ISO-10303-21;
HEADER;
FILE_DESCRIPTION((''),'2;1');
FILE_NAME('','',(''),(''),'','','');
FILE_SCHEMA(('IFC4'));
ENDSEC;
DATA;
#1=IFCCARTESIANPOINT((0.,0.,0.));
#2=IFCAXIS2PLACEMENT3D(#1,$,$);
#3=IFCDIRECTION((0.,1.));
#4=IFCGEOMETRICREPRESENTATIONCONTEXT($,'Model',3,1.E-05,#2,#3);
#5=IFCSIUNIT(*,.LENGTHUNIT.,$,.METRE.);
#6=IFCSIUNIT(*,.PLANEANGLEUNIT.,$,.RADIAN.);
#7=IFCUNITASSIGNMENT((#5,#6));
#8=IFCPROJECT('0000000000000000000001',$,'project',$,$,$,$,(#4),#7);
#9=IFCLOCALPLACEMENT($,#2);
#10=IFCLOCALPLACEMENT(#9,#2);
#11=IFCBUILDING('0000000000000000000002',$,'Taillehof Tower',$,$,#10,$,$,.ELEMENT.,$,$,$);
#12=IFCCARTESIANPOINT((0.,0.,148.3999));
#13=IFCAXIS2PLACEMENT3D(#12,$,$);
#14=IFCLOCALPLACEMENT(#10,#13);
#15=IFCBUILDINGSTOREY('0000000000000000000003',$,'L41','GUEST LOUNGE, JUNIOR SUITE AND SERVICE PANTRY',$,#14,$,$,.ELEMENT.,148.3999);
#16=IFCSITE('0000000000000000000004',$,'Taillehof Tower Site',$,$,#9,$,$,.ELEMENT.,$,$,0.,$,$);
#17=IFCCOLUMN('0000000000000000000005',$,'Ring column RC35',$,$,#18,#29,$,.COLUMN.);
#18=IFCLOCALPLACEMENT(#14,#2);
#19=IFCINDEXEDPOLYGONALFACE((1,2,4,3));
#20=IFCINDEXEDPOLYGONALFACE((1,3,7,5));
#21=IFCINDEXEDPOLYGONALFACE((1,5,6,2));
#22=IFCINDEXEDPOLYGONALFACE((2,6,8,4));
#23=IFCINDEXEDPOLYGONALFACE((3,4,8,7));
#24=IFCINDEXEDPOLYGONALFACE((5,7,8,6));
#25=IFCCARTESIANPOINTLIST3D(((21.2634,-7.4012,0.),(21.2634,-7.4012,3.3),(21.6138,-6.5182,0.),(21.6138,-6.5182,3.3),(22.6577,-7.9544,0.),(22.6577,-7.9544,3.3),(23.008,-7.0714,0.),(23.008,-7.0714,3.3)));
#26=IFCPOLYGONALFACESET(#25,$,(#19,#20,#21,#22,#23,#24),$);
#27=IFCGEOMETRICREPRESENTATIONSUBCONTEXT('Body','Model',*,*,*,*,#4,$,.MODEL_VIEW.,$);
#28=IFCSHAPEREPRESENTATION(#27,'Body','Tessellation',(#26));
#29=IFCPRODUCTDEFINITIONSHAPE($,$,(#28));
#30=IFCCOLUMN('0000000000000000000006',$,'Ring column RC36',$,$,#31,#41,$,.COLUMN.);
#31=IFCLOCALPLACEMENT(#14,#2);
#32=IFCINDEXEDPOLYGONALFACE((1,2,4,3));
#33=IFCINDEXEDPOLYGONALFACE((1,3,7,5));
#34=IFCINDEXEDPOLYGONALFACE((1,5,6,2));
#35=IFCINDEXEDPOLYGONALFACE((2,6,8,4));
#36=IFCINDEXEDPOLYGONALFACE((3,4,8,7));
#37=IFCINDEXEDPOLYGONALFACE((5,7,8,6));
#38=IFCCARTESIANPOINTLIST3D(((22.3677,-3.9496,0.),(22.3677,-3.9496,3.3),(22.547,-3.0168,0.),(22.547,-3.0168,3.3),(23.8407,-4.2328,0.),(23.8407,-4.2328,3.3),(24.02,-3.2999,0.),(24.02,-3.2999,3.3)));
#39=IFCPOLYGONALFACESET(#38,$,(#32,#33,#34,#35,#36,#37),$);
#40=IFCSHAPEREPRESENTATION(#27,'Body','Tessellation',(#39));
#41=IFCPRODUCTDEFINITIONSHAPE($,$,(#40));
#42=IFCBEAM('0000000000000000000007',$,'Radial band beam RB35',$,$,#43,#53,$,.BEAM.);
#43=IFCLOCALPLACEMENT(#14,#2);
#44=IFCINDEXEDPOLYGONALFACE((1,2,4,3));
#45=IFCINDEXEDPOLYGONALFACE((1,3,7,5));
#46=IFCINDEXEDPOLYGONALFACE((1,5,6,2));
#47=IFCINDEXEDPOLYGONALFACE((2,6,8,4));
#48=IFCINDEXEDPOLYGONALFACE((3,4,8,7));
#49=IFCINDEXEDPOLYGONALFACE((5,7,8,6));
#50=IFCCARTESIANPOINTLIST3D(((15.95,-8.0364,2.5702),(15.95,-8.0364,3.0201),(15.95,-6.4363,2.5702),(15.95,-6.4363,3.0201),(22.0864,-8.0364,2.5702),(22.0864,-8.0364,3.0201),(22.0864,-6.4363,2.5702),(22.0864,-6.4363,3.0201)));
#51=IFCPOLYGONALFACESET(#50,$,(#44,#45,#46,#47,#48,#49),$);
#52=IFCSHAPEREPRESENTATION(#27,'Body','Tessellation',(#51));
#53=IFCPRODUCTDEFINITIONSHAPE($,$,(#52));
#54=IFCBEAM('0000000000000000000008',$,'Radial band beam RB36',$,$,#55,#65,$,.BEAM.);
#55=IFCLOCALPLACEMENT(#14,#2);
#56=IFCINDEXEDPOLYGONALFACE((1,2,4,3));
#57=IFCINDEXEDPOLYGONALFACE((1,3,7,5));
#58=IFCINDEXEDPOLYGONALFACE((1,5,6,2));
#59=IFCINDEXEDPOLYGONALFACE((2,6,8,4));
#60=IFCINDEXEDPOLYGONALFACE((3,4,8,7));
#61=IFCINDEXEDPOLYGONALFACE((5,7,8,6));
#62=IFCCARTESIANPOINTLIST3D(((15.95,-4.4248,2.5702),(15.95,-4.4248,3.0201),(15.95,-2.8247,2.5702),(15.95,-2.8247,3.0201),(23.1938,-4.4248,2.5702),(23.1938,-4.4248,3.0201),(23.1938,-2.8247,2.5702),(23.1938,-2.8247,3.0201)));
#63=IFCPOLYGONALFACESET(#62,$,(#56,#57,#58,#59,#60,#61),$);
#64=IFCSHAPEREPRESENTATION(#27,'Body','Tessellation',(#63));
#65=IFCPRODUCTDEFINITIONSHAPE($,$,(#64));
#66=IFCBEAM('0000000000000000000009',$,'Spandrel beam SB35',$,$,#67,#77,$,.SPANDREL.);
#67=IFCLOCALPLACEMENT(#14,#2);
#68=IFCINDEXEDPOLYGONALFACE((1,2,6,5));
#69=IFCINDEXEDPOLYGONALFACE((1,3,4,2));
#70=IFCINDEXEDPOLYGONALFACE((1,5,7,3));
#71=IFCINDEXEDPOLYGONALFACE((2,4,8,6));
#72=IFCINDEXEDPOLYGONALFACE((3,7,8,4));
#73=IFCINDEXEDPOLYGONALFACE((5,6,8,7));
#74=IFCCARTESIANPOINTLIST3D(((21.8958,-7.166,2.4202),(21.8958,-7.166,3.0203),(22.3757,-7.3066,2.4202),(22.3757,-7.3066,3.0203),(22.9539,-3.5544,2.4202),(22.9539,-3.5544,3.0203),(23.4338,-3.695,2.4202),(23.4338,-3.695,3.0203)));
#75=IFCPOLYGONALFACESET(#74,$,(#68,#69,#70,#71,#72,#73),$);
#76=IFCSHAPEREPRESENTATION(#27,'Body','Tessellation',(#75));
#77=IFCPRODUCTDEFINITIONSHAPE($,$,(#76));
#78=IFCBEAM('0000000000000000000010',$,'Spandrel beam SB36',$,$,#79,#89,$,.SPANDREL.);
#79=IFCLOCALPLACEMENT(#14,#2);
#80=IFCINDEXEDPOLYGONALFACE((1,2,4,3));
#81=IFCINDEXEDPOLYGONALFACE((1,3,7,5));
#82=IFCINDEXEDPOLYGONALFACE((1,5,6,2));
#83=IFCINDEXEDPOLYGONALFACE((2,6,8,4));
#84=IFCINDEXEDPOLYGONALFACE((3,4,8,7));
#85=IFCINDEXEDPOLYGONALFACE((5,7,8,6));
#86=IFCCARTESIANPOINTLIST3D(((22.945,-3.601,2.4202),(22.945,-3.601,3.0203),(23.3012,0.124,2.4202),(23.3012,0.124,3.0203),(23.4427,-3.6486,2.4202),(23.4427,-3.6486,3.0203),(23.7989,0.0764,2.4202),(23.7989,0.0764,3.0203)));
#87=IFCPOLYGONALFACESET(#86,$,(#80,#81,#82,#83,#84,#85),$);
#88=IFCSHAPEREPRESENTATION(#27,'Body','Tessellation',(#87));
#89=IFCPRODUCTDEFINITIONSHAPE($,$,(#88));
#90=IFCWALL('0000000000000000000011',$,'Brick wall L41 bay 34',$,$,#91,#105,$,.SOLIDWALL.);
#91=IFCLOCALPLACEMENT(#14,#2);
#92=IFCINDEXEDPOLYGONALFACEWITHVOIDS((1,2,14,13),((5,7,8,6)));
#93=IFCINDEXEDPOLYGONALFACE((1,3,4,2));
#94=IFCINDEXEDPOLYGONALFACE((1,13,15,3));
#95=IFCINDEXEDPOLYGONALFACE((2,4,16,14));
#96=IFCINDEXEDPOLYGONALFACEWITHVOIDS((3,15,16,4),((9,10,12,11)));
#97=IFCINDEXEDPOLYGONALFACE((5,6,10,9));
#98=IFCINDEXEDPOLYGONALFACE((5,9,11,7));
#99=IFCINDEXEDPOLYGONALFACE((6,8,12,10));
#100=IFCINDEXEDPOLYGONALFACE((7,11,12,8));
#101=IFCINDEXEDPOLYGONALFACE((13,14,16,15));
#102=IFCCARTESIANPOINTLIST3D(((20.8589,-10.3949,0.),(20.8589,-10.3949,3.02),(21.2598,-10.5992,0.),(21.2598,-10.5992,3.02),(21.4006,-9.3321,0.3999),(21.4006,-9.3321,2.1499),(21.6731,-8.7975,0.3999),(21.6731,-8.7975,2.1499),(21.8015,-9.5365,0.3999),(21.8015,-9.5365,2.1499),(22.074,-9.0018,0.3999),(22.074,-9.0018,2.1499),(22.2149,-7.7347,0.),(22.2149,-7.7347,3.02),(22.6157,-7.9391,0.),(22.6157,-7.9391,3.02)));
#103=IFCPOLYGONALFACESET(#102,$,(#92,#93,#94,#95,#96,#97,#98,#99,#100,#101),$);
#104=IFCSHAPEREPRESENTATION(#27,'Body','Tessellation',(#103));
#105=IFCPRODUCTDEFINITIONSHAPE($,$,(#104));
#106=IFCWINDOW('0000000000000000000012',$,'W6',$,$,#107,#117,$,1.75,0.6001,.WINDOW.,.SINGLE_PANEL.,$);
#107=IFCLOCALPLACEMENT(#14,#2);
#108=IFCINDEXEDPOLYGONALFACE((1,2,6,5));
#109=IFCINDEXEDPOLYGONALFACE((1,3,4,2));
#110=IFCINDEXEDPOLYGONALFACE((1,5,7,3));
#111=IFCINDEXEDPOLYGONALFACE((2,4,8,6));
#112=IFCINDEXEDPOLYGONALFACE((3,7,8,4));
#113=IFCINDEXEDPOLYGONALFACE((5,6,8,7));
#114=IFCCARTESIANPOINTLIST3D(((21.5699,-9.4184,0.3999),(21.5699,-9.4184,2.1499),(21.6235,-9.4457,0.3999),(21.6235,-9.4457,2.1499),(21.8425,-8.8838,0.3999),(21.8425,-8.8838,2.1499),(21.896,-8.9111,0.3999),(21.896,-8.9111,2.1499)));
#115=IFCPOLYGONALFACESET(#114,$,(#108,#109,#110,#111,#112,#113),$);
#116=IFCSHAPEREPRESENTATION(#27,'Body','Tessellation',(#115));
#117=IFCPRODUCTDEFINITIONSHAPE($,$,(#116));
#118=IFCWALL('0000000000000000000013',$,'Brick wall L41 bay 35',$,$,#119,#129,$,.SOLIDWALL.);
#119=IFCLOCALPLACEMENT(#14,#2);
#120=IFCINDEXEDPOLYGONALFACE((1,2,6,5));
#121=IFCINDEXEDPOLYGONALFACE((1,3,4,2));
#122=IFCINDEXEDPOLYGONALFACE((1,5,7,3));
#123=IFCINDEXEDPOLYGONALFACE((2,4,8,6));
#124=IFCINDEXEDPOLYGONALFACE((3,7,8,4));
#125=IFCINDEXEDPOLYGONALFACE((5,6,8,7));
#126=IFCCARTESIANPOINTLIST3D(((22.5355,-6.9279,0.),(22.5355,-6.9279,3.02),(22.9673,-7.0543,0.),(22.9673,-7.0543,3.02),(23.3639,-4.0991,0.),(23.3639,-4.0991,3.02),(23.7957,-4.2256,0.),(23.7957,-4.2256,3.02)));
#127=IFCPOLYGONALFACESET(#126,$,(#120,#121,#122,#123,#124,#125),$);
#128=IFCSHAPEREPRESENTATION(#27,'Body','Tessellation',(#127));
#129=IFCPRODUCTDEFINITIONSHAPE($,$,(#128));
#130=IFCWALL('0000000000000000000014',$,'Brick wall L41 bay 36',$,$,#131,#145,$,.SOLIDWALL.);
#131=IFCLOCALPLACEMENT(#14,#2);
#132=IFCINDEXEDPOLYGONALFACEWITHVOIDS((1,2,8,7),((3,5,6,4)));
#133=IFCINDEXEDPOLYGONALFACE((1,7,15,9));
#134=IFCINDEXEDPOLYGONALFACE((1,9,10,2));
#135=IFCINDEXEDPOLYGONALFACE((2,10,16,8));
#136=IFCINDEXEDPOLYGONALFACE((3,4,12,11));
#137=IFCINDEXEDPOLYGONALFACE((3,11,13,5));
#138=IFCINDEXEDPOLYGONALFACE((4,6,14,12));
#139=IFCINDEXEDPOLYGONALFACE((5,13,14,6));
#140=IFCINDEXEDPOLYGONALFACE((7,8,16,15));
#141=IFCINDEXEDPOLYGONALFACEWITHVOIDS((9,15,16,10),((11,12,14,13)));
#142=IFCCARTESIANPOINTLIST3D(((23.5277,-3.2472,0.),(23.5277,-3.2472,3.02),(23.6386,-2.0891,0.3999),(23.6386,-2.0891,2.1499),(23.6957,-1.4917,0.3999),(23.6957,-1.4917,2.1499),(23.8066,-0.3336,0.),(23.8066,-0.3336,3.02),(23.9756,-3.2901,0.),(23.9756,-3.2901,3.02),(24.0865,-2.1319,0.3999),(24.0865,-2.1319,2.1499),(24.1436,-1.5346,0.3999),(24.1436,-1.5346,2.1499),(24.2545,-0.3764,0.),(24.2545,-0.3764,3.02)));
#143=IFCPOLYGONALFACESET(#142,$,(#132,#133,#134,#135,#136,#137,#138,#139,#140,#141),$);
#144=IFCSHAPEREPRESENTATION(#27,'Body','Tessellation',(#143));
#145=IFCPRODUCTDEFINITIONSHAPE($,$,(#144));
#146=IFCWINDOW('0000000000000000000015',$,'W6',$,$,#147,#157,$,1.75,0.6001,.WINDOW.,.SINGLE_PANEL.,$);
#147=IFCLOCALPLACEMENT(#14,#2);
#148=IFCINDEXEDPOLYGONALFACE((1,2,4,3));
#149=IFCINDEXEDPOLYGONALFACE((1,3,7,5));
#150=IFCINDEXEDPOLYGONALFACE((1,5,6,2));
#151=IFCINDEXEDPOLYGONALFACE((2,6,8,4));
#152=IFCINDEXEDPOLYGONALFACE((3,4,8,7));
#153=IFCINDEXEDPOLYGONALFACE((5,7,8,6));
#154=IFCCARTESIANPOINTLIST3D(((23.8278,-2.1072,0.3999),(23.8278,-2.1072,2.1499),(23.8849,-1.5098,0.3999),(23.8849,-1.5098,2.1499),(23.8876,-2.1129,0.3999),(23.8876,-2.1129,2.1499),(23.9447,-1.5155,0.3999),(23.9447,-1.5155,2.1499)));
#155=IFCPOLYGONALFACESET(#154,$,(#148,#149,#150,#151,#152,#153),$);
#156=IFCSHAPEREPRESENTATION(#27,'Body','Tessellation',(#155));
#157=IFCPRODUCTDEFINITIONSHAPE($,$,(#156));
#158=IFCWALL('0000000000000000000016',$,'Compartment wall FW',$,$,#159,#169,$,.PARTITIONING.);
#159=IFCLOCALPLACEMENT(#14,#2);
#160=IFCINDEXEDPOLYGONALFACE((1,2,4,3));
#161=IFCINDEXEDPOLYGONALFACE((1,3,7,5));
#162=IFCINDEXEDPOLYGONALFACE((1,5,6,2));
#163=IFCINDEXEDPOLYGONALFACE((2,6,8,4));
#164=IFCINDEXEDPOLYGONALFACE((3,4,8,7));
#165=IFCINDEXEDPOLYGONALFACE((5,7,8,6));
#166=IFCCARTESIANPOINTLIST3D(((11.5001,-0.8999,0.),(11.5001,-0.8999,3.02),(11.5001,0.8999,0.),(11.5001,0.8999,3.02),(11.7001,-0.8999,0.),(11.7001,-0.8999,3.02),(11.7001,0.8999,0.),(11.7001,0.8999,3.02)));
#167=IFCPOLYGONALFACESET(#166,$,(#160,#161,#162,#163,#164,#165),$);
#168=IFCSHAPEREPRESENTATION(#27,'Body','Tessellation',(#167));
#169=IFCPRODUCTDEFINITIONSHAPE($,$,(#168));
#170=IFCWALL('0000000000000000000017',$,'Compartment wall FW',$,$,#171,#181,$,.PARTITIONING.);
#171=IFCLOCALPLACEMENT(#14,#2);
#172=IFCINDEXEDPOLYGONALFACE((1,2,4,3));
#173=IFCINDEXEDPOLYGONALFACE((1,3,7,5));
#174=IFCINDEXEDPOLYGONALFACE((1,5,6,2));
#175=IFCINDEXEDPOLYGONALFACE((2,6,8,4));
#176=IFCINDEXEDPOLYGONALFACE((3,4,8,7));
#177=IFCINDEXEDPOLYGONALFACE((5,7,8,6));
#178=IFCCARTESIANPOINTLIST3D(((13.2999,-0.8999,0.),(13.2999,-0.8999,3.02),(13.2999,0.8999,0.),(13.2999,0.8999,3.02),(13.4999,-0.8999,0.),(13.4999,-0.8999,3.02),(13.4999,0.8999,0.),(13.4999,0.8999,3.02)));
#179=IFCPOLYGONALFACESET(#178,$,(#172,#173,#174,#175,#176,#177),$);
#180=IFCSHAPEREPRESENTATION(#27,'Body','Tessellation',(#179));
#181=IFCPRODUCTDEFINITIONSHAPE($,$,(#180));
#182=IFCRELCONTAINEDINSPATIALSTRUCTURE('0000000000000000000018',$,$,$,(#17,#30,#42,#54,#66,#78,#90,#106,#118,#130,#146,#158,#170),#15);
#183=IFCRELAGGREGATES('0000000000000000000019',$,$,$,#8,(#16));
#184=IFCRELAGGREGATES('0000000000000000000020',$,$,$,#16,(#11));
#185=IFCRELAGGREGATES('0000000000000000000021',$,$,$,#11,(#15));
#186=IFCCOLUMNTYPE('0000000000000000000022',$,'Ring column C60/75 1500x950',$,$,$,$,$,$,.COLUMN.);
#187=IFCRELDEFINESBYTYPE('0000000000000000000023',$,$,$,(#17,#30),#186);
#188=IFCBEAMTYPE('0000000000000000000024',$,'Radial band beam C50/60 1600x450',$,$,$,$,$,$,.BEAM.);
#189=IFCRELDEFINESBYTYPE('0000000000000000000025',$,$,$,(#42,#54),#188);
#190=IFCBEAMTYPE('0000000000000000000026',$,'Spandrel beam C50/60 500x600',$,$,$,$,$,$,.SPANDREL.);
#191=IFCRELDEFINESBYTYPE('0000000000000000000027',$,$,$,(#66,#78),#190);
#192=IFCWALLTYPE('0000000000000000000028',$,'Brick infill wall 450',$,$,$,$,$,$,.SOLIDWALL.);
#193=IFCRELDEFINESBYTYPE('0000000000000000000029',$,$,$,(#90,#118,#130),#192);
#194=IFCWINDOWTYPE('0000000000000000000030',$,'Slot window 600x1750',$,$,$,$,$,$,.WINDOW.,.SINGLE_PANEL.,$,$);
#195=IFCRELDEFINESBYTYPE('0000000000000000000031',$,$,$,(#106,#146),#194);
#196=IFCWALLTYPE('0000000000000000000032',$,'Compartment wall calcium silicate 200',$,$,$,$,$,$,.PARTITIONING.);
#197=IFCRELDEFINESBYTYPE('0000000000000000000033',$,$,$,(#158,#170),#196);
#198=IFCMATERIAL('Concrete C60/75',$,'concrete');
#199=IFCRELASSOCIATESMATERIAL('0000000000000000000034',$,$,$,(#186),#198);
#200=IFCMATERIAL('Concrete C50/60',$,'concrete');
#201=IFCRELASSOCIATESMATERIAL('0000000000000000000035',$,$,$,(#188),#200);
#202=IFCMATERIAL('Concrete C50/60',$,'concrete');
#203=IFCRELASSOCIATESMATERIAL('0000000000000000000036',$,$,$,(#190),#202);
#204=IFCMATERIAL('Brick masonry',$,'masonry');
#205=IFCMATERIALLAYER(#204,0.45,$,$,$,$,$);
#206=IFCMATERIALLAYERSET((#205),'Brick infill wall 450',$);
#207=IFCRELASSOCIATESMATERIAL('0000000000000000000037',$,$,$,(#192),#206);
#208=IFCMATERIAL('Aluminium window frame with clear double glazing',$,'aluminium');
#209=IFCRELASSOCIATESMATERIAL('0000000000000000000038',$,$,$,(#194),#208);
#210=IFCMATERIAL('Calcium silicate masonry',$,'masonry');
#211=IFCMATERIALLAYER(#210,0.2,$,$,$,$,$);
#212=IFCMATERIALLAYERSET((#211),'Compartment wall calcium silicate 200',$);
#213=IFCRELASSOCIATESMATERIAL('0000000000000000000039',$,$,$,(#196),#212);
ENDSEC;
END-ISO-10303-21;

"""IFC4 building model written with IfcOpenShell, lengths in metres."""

from ifc_helpers import new_model, si_unit, direction, frame, frame_2d, origin, origin_2d, place, context, subcontext, project, spatial, rectangle, extrude, material, layer, layer_set, material_profile, profile_set, type_object, element, fill, save


model = new_model("IFC4")

# Units and contexts
model_context = context("Model", 3, precision=1e-05, world=origin(), true_north=direction((0.0, 1.0)))
body_context = subcontext(model_context, "Body", "Model", "MODEL_VIEW")
ifc_project = project(units=[si_unit("LENGTHUNIT", "METRE"), si_unit("PLANEANGLEUNIT", "RADIAN")], contexts=[model_context])

# Site, building, storey
site_placement = place(None, origin())
site = spatial("IfcSite", under=ifc_project, at=site_placement, Name="Taillehof Tower Site", CompositionType="ELEMENT", RefElevation=0.0)
building_placement = place(site_placement, origin())
building = spatial("IfcBuilding", under=site, at=building_placement, Name="Taillehof Tower", CompositionType="ELEMENT")
storey_placement = place(building_placement, frame((0.0, 0.0, 148.3999)))
storey = spatial("IfcBuildingStorey", under=building, at=storey_placement, Name="L41", Description="GUEST LOUNGE, JUNIOR SUITE AND SERVICE PANTRY", CompositionType="ELEMENT", Elevation=148.3999)

# Columns
ifc_material_1 = material(Name="Concrete C60/75", Category="concrete")
ifc_material_profile_1 = material_profile(ifc_material_1, rectangle(XDim=1.5, YDim=0.95, at=origin_2d()), Name="RC 1500x950")
ifc_profile_set_1 = profile_set([ifc_material_profile_1], Name="Concrete C60/75")
column_type = type_object("IfcColumnType", Name="Ring column C60/75 1500x950", PredefinedType="COLUMN", material=ifc_profile_set_1)
for number, where, z_axis, x_axis, name in (
    (1, (22.1357, -7.2363, 0.0), (0.0, 0.0, 1.0), (0.929511, -0.368793, 0.0), "Ring column RC35"),
    (2, (23.1938, -3.6248, 0.0), (0.0, 0.0, 1.0), (0.982024, -0.188757, 0.0), "Ring column RC36"),
):
    element("IfcColumn", number, at=place(storey_placement, frame(where, z_axis=z_axis, x_axis=x_axis)), inside=storey, type_object=column_type, Name=name, PredefinedType="COLUMN", context=body_context, shape_type="SweptSolid", body=[
        extrude(rectangle(XDim=1.5, YDim=0.95, at=origin_2d()), origin(), (0.0, 0.0, 1.0), 3.3),
    ])

# Beams
ifc_material_2 = material(Name="Concrete C50/60", Category="concrete")
ifc_material_profile_2 = material_profile(ifc_material_2, rectangle(XDim=1.6001, YDim=0.45, at=origin_2d()), Name="RC 1600x450")
ifc_profile_set_2 = profile_set([ifc_material_profile_2], Name="Concrete C50/60")
beam_type_1 = type_object("IfcBeamType", Name="Radial band beam C50/60 1600x450", PredefinedType="BEAM", material=ifc_profile_set_2)
beam_1_placement = place(storey_placement, frame((22.0864, -7.2363, 2.7952), z_axis=(-1.0, 0.0, 0.0), x_axis=(0.0, -1.0, 0.0)))
element("IfcBeam", 3, at=beam_1_placement, inside=storey, type_object=beam_type_1, Name="Radial band beam RB35", PredefinedType="BEAM", context=body_context, shape_type="SweptSolid", body=[
    extrude(rectangle(XDim=1.6001, YDim=0.45, at=origin_2d()), origin(), (0.0, 0.0, 1.0), 6.1365),
])
beam_2_placement = place(storey_placement, frame((23.1938, -3.6248, 2.7952), z_axis=(-1.0, 0.0, 0.0), x_axis=(0.0, -1.0, 0.0)))
element("IfcBeam", 4, at=beam_2_placement, inside=storey, type_object=beam_type_1, Name="Radial band beam RB36", PredefinedType="BEAM", context=body_context, shape_type="SweptSolid", body=[
    extrude(rectangle(XDim=1.6001, YDim=0.45, at=origin_2d()), origin(), (0.0, 0.0, 1.0), 7.2439),
])
ifc_material_3 = material(Name="Concrete C50/60", Category="concrete")
ifc_material_profile_3 = material_profile(ifc_material_3, rectangle(XDim=0.5, YDim=0.6001, at=origin_2d()), Name="RC 500x600")
ifc_profile_set_3 = profile_set([ifc_material_profile_3], Name="Concrete C50/60")
beam_type_2 = type_object("IfcBeamType", Name="Spandrel beam C50/60 500x600", PredefinedType="SPANDREL", material=ifc_profile_set_3)
beam_3_placement = place(storey_placement, frame((22.1357, -7.2363, 2.7202), z_axis=(0.281158, 0.959661, 0.0), x_axis=(-0.959661, 0.281158, 0.0)))
element("IfcBeam", 5, at=beam_3_placement, inside=storey, type_object=beam_type_2, Name="Spandrel beam SB35", PredefinedType="SPANDREL", context=body_context, shape_type="SweptSolid", body=[
    extrude(rectangle(XDim=0.5, YDim=0.6001, at=origin_2d()), origin(), (0.0, 0.0, 1.0), 3.7634),
])
beam_4_placement = place(storey_placement, frame((23.1938, -3.6248, 2.7202), z_axis=(0.095194, 0.995459, 0.0), x_axis=(-0.995459, 0.095194, 0.0)))
element("IfcBeam", 6, at=beam_4_placement, inside=storey, type_object=beam_type_2, Name="Spandrel beam SB36", PredefinedType="SPANDREL", context=body_context, shape_type="SweptSolid", body=[
    extrude(rectangle(XDim=0.5, YDim=0.6001, at=origin_2d()), origin(), (0.0, 0.0, 1.0), 3.7419),
])

# Wall, opening, window
ifc_material_4 = material(Name="Brick masonry", Category="masonry")
ifc_layer_1 = layer(ifc_material_4, 0.45)
ifc_layer_set_1 = layer_set([ifc_layer_1], Name="Brick infill wall 450")
wall_type_1 = type_object("IfcWallType", Name="Brick infill wall 450", PredefinedType="SOLIDWALL", material=ifc_layer_set_1)
wall_1_placement = place(storey_placement, frame((21.0593, -10.4971, 0.0), z_axis=(0.0, 0.0, 1.0), x_axis=(0.454134, 0.890933, 0.0)))
wall_1 = element("IfcWall", 7, at=wall_1_placement, inside=storey, type_object=wall_type_1, Name="Brick wall L41 bay 34", PredefinedType="SOLIDWALL", context=body_context, shape_type="SweptSolid", body=[
    extrude(rectangle(XDim=2.9858, YDim=0.45, at=frame_2d((1.4929, 0.0))), origin(), (0.0, 0.0, 1.0), 3.02),
])
opening_1_placement = place(wall_1_placement, frame((1.1929, 0.0, 0.3999)))
opening_1 = element("IfcOpeningElement", 8, at=opening_1_placement, cuts=wall_1, PredefinedType="OPENING", context=body_context, shape_type="SweptSolid", body=[
    extrude(rectangle(XDim=0.6001, YDim=1.75, at=frame_2d((0.3, 0.875))), frame((0.0, 0.2349, 0.0), z_axis=(0.0, -1.0, 0.0), x_axis=(1.0, 0.0, 0.0)), (0.0, 0.0, 1.0), 0.47),
])
ifc_material_5 = material(Name="Aluminium window frame with clear double glazing", Category="aluminium")
window_type = type_object("IfcWindowType", Name="Slot window 600x1750", PartitioningType="SINGLE_PANEL", PredefinedType="WINDOW", material=ifc_material_5)
window_1_placement = place(opening_1_placement, origin())
window_1 = element("IfcWindow", 9, at=window_1_placement, inside=storey, type_object=window_type, Name="W6", OverallHeight=1.75, OverallWidth=0.6001, PartitioningType="SINGLE_PANEL", PredefinedType="WINDOW", context=body_context, shape_type="SweptSolid", body=[
    extrude(rectangle(XDim=0.6001, YDim=1.75, at=frame_2d((0.3, 0.875))), frame((0.0, 0.0349, 0.0), z_axis=(0.0, -1.0, 0.0), x_axis=(1.0, 0.0, 0.0)), (0.0, 0.0, 1.0), 0.0601),
])
fill(opening_1, window_1)

# Wall
wall_2_placement = place(storey_placement, frame((22.7515, -6.991, 0.0), z_axis=(0.0, 0.0, 1.0), x_axis=(0.281049, 0.959693, 0.0)))
element("IfcWall", 10, at=wall_2_placement, inside=storey, type_object=wall_type_1, Name="Brick wall L41 bay 35", PredefinedType="SOLIDWALL", context=body_context, shape_type="SweptSolid", body=[
    extrude(rectangle(XDim=2.9475, YDim=0.45, at=frame_2d((1.4736, 0.0))), origin(), (0.0, 0.0, 1.0), 3.02),
])

# Wall, opening, window
wall_3_placement = place(storey_placement, frame((23.7517, -3.2686, 0.0), z_axis=(0.0, 0.0, 1.0), x_axis=(0.095258, 0.995453, 0.0)))
wall_3 = element("IfcWall", 11, at=wall_3_placement, inside=storey, type_object=wall_type_1, Name="Brick wall L41 bay 36", PredefinedType="SOLIDWALL", context=body_context, shape_type="SweptSolid", body=[
    extrude(rectangle(XDim=2.927, YDim=0.45, at=frame_2d((1.4634, 0.0))), origin(), (0.0, 0.0, 1.0), 3.02),
])
opening_2_placement = place(wall_3_placement, frame((1.1633, 0.0, 0.3999)))
opening_2 = element("IfcOpeningElement", 12, at=opening_2_placement, cuts=wall_3, PredefinedType="OPENING", context=body_context, shape_type="SweptSolid", body=[
    extrude(rectangle(XDim=0.6001, YDim=1.75, at=frame_2d((0.3, 0.875))), frame((0.0, 0.2349, 0.0), z_axis=(0.0, -1.0, 0.0), x_axis=(1.0, 0.0, 0.0)), (0.0, 0.0, 1.0), 0.47),
])
window_2_placement = place(opening_2_placement, origin())
window_2 = element("IfcWindow", 13, at=window_2_placement, inside=storey, type_object=window_type, Name="W6", OverallHeight=1.75, OverallWidth=0.6001, PartitioningType="SINGLE_PANEL", PredefinedType="WINDOW", context=body_context, shape_type="SweptSolid", body=[
    extrude(rectangle(XDim=0.6001, YDim=1.75, at=frame_2d((0.3, 0.875))), frame((0.0, 0.0349, 0.0), z_axis=(0.0, -1.0, 0.0), x_axis=(1.0, 0.0, 0.0)), (0.0, 0.0, 1.0), 0.0601),
])
fill(opening_2, window_2)

# Walls
ifc_material_6 = material(Name="Calcium silicate masonry", Category="masonry")
ifc_layer_2 = layer(ifc_material_6, 0.2)
ifc_layer_set_2 = layer_set([ifc_layer_2], Name="Compartment wall calcium silicate 200")
wall_type_2 = type_object("IfcWallType", Name="Compartment wall calcium silicate 200", PredefinedType="PARTITIONING", material=ifc_layer_set_2)
for number, where, z_axis, x_axis, name in (
    (14, (11.6001, -0.8999, 0.0), (0.0, 0.0, 1.0), (0.0, 1.0, 0.0), "Compartment wall FW"),
    (15, (13.3999, -0.8999, 0.0), (0.0, 0.0, 1.0), (0.0, 1.0, 0.0), "Compartment wall FW"),
):
    element("IfcWall", number, at=place(storey_placement, frame(where, z_axis=z_axis, x_axis=x_axis)), inside=storey, type_object=wall_type_2, Name=name, PredefinedType="PARTITIONING", context=body_context, shape_type="SweptSolid", body=[
        extrude(rectangle(XDim=1.7998, YDim=0.2, at=frame_2d((0.8999, 0.0))), origin(), (0.0, 0.0, 1.0), 3.02),
    ])

save(model, "model.ifc")
